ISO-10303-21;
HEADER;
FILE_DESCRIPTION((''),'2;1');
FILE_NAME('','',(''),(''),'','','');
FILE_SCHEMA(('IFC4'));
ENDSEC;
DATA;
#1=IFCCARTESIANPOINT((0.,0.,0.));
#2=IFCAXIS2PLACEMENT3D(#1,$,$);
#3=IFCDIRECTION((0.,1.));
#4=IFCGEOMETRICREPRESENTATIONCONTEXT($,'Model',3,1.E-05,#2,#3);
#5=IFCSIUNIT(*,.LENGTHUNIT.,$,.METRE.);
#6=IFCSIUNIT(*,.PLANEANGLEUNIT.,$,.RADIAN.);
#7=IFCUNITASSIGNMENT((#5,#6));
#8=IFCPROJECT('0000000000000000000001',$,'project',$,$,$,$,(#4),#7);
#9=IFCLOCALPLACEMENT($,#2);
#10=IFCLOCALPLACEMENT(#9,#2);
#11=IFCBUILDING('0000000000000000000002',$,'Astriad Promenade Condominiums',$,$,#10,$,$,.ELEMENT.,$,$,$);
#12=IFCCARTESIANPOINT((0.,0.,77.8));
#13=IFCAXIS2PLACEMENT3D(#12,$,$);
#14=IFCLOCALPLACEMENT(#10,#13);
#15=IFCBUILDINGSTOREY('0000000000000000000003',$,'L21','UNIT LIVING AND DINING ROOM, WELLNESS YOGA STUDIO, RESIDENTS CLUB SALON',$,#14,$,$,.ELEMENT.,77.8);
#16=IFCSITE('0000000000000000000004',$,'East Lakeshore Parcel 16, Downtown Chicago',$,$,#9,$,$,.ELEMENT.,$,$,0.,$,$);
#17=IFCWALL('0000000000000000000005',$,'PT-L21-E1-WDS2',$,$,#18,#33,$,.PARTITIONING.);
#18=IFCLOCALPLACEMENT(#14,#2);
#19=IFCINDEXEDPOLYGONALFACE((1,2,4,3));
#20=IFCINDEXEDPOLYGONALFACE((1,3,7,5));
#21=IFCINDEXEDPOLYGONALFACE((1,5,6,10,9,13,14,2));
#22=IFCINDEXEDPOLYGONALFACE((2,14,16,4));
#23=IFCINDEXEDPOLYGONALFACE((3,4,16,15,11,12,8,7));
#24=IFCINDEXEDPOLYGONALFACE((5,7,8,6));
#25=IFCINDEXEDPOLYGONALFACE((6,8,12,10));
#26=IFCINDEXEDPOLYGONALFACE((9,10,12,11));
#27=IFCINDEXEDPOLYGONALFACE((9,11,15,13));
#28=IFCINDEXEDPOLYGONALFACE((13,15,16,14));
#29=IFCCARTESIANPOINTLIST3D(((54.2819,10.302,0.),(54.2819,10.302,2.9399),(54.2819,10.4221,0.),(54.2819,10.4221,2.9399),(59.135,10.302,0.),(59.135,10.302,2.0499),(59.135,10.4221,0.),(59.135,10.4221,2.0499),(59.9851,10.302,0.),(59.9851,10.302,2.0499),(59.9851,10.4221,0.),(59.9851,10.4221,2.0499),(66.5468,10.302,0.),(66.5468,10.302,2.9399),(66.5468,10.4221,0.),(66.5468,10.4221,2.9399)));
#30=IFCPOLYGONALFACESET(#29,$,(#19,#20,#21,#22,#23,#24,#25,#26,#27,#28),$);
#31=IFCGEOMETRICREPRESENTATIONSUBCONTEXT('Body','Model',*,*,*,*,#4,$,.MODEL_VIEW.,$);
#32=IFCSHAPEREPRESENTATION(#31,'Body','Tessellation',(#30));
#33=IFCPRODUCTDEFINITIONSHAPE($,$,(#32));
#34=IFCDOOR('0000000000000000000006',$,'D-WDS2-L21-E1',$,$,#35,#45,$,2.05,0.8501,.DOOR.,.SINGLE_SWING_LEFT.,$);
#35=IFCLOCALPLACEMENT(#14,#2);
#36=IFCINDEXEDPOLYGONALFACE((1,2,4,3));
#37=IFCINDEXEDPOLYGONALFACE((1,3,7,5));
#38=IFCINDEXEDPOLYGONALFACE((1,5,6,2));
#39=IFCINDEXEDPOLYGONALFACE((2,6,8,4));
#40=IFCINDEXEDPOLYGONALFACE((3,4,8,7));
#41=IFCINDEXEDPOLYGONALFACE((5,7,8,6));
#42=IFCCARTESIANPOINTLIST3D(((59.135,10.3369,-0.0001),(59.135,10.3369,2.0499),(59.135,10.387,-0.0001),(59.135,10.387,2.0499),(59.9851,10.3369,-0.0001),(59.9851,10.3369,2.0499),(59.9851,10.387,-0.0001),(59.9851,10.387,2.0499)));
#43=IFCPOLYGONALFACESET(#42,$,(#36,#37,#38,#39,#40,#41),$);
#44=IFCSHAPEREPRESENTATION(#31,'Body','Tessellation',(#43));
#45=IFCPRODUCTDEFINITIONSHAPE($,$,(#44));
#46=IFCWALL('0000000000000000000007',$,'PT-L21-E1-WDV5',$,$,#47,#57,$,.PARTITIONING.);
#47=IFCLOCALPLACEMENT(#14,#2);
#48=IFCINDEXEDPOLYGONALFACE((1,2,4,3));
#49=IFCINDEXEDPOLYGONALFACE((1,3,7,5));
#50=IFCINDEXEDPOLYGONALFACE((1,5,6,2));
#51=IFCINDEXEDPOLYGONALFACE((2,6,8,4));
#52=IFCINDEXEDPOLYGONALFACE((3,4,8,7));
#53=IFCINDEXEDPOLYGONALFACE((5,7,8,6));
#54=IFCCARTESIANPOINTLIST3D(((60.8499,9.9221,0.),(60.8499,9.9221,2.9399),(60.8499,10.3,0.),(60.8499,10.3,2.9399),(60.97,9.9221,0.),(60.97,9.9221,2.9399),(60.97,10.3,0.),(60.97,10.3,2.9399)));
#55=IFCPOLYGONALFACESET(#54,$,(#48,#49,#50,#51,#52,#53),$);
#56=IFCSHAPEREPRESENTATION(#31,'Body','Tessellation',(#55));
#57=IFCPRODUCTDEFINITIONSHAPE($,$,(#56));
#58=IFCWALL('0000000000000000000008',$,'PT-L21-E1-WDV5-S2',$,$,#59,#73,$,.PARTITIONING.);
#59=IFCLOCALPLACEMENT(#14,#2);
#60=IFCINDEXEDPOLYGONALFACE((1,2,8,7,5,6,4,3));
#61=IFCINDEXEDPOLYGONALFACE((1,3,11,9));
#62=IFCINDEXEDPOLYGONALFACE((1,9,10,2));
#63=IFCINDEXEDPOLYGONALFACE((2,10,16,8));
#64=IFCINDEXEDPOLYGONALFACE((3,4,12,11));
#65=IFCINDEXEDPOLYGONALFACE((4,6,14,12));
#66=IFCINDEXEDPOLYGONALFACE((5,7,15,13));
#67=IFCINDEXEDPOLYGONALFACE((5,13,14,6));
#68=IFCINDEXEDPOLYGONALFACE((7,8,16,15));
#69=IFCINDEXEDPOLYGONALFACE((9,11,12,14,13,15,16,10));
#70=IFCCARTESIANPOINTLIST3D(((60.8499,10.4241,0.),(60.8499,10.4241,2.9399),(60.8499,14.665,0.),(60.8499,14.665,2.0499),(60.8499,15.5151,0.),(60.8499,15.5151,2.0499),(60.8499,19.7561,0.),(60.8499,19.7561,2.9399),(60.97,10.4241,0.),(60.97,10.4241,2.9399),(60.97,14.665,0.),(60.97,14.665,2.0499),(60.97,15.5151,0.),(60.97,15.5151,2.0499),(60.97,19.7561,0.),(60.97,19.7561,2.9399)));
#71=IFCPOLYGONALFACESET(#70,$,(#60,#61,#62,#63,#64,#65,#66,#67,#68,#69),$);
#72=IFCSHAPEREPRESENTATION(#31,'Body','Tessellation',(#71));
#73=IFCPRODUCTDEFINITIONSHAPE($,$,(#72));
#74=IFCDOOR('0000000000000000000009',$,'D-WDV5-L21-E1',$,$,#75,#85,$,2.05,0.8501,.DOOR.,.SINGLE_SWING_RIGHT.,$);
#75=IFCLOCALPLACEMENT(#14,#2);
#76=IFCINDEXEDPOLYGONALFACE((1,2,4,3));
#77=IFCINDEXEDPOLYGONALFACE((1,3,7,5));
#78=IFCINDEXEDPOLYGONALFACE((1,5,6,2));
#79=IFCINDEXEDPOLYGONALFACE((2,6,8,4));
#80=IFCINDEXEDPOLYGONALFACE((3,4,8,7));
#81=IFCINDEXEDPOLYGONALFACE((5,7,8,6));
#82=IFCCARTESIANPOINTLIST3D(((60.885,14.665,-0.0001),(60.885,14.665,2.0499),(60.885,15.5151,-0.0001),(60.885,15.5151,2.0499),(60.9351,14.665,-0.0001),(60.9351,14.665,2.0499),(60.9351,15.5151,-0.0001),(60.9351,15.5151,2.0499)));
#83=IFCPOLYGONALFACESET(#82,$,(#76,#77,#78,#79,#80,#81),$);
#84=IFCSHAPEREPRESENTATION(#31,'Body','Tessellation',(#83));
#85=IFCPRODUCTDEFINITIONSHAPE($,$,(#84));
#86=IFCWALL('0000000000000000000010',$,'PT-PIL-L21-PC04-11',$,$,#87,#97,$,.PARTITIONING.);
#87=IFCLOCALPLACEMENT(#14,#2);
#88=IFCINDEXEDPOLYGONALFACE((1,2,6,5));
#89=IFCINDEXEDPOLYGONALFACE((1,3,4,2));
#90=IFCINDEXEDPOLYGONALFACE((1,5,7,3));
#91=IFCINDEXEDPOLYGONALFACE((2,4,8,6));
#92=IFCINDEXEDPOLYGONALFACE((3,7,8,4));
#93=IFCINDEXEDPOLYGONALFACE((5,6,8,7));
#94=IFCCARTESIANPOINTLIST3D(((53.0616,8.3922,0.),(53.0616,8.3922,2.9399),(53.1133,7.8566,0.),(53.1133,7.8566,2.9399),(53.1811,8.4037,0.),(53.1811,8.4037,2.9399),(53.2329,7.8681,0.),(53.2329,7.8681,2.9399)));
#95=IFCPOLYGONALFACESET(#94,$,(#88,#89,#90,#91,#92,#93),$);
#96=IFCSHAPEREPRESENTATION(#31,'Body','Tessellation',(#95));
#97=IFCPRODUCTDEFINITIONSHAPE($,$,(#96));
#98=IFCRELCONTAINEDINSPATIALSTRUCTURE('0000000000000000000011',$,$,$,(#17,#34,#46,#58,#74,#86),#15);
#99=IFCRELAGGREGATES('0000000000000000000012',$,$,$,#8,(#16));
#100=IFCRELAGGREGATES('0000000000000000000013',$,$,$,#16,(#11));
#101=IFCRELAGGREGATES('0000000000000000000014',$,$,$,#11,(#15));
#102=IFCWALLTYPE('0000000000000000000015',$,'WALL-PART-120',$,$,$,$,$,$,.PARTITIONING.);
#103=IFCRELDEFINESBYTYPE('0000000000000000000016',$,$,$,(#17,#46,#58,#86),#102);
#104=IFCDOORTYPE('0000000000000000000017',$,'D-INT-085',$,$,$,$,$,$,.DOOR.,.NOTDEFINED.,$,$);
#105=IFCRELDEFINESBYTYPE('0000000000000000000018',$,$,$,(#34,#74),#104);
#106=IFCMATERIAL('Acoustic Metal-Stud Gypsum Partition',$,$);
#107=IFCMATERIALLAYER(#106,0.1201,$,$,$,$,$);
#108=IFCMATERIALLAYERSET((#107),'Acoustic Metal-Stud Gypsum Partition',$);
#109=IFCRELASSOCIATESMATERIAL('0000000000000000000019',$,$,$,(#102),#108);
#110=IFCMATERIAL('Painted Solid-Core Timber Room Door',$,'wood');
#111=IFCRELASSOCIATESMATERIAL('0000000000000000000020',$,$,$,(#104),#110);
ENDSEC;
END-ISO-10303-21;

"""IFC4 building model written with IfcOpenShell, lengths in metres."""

from ifc_helpers import new_model, si_unit, direction, frame, frame_2d, origin, place, context, subcontext, project, spatial, rectangle, extrude, source, transform, mapped, material, layer, layer_set, type_object, type_shapes, element, fill, save


model = new_model("IFC4")

# Units and contexts
model_context = context("Model", 3, precision=1e-05, world=origin(), true_north=direction((0.0, 1.0)))
body_context = subcontext(model_context, "Body", "Model", "MODEL_VIEW")
ifc_project = project(units=[si_unit("LENGTHUNIT", "METRE"), si_unit("PLANEANGLEUNIT", "RADIAN")], contexts=[model_context])

# Site, building, storey
site_placement = place(None, origin())
site = spatial("IfcSite", under=ifc_project, at=site_placement, Name="East Lakeshore Parcel 16, Downtown Chicago", CompositionType="ELEMENT", RefElevation=0.0)
building_placement = place(site_placement, origin())
building = spatial("IfcBuilding", under=site, at=building_placement, Name="Astriad Promenade Condominiums", CompositionType="ELEMENT")
storey_placement = place(building_placement, frame((0.0, 0.0, 77.8)))
storey = spatial("IfcBuildingStorey", under=building, at=storey_placement, Name="L21", Description="UNIT LIVING AND DINING ROOM, WELLNESS YOGA STUDIO, RESIDENTS CLUB SALON", CompositionType="ELEMENT", Elevation=77.8)

# Shared definitions
ifc_material_1 = material(Name="Acoustic Metal-Stud Gypsum Partition")
ifc_layer_1 = layer(ifc_material_1, 0.1201)
ifc_layer_set_1 = layer_set([ifc_layer_1], Name="Acoustic Metal-Stud Gypsum Partition")
wall_type_1 = type_object("IfcWallType", Name="WALL-PART-120", PredefinedType="PARTITIONING", material=ifc_layer_set_1)

# Shared definitions
ifc_material_2 = material(Name="Painted Solid-Core Timber Room Door", Category="wood")
door_type_1 = type_object("IfcDoorType", Name="D-INT-085", OperationType="NOTDEFINED", PredefinedType="DOOR", material=ifc_material_2)
shared_shape_1 = source(origin(), body_context, "Body", "SweptSolid", [
    extrude(rectangle(XDim=0.8501, YDim=2.05, at=frame_2d((0.425, 1.0249))), frame((0.0, 0.0249, 0.0), z_axis=(0.0, -1.0, 0.0), x_axis=(1.0, 0.0, 0.0)), (0.0, 0.0, 1.0), 0.05),
])
type_shapes(door_type_1, [shared_shape_1])

# Wall, opening, door
wall_1_placement = place(storey_placement, frame((54.282, 10.3621, 0.0), z_axis=(0.0, 0.0, 1.0), x_axis=(1.0, 0.0, 0.0)))
wall_1 = element("IfcWall", 1, at=wall_1_placement, inside=storey, type_object=wall_type_1, Name="PT-L21-E1-WDS2", PredefinedType="PARTITIONING", context=body_context, shape_type="SweptSolid", body=[
    extrude(rectangle(XDim=12.2649, YDim=0.1201, at=frame_2d((6.1323, 0.0))), origin(), (0.0, 0.0, 1.0), 2.9399),
])
opening_1_placement = place(wall_1_placement, frame((4.853, 0.0, 0.0)))
opening_1 = element("IfcOpeningElement", 2, at=opening_1_placement, cuts=wall_1, PredefinedType="OPENING", context=body_context, shape_type="SweptSolid", body=[
    extrude(rectangle(XDim=0.8501, YDim=2.05, at=frame_2d((0.425, 1.0249))), frame((0.0, 0.0701, 0.0), z_axis=(0.0, -1.0, 0.0), x_axis=(1.0, 0.0, 0.0)), (0.0, 0.0, 1.0), 0.1401),
])
door_1_placement = place(opening_1_placement, origin())
door_1 = element("IfcDoor", 3, at=door_1_placement, inside=storey, type_object=door_type_1, Name="D-WDS2-L21-E1", OperationType="SINGLE_SWING_LEFT", OverallHeight=2.05, OverallWidth=0.8501, PredefinedType="DOOR", context=body_context, shape_type="MappedRepresentation", body=[
    mapped(shared_shape_1, transform((0.0, 0.0, 0.0), scale=1.0)),
])
fill(opening_1, door_1)

# Wall
wall_2_placement = place(storey_placement, frame((60.9099, 9.9221, 0.0), z_axis=(0.0, 0.0, 1.0), x_axis=(0.0, 1.0, 0.0)))
element("IfcWall", 4, at=wall_2_placement, inside=storey, type_object=wall_type_1, Name="PT-L21-E1-WDV5", PredefinedType="PARTITIONING", context=body_context, shape_type="SweptSolid", body=[
    extrude(rectangle(XDim=0.3779, YDim=0.1201, at=frame_2d((0.189, 0.0))), origin(), (0.0, 0.0, 1.0), 2.9399),
])

# Wall, opening, door
wall_3_placement = place(storey_placement, frame((60.9099, 10.4241, 0.0), z_axis=(0.0, 0.0, 1.0), x_axis=(0.0, 1.0, 0.0)))
wall_3 = element("IfcWall", 5, at=wall_3_placement, inside=storey, type_object=wall_type_1, Name="PT-L21-E1-WDV5-S2", PredefinedType="PARTITIONING", context=body_context, shape_type="SweptSolid", body=[
    extrude(rectangle(XDim=9.332, YDim=0.1201, at=frame_2d((4.666, 0.0))), origin(), (0.0, 0.0, 1.0), 2.9399),
])
opening_2_placement = place(wall_3_placement, frame((4.241, 0.0, 0.0)))
opening_2 = element("IfcOpeningElement", 6, at=opening_2_placement, cuts=wall_3, PredefinedType="OPENING", context=body_context, shape_type="SweptSolid", body=[
    extrude(rectangle(XDim=0.8501, YDim=2.05, at=frame_2d((0.425, 1.0249))), frame((0.0, 0.0701, 0.0), z_axis=(0.0, -1.0, 0.0), x_axis=(1.0, 0.0, 0.0)), (0.0, 0.0, 1.0), 0.1401),
])
door_2_placement = place(opening_2_placement, origin())
door_2 = element("IfcDoor", 7, at=door_2_placement, inside=storey, type_object=door_type_1, Name="D-WDV5-L21-E1", OperationType="SINGLE_SWING_RIGHT", OverallHeight=2.05, OverallWidth=0.8501, PredefinedType="DOOR", context=body_context, shape_type="MappedRepresentation", body=[
    mapped(shared_shape_1, transform((0.0, 0.0, 0.0), scale=1.0)),
])
fill(opening_2, door_2)

# Wall
wall_4_placement = place(storey_placement, frame((53.1213, 8.3979, 0.0), z_axis=(0.0, 0.0, 1.0), x_axis=(0.096179, -0.995364, 0.0)))
element("IfcWall", 8, at=wall_4_placement, inside=storey, type_object=wall_type_1, Name="PT-PIL-L21-PC04-11", PredefinedType="PARTITIONING", context=body_context, shape_type="SweptSolid", body=[
    extrude(rectangle(XDim=0.5381, YDim=0.1201, at=frame_2d((0.269, 0.0))), origin(), (0.0, 0.0, 1.0), 2.9399),
])

save(model, "model.ifc")
